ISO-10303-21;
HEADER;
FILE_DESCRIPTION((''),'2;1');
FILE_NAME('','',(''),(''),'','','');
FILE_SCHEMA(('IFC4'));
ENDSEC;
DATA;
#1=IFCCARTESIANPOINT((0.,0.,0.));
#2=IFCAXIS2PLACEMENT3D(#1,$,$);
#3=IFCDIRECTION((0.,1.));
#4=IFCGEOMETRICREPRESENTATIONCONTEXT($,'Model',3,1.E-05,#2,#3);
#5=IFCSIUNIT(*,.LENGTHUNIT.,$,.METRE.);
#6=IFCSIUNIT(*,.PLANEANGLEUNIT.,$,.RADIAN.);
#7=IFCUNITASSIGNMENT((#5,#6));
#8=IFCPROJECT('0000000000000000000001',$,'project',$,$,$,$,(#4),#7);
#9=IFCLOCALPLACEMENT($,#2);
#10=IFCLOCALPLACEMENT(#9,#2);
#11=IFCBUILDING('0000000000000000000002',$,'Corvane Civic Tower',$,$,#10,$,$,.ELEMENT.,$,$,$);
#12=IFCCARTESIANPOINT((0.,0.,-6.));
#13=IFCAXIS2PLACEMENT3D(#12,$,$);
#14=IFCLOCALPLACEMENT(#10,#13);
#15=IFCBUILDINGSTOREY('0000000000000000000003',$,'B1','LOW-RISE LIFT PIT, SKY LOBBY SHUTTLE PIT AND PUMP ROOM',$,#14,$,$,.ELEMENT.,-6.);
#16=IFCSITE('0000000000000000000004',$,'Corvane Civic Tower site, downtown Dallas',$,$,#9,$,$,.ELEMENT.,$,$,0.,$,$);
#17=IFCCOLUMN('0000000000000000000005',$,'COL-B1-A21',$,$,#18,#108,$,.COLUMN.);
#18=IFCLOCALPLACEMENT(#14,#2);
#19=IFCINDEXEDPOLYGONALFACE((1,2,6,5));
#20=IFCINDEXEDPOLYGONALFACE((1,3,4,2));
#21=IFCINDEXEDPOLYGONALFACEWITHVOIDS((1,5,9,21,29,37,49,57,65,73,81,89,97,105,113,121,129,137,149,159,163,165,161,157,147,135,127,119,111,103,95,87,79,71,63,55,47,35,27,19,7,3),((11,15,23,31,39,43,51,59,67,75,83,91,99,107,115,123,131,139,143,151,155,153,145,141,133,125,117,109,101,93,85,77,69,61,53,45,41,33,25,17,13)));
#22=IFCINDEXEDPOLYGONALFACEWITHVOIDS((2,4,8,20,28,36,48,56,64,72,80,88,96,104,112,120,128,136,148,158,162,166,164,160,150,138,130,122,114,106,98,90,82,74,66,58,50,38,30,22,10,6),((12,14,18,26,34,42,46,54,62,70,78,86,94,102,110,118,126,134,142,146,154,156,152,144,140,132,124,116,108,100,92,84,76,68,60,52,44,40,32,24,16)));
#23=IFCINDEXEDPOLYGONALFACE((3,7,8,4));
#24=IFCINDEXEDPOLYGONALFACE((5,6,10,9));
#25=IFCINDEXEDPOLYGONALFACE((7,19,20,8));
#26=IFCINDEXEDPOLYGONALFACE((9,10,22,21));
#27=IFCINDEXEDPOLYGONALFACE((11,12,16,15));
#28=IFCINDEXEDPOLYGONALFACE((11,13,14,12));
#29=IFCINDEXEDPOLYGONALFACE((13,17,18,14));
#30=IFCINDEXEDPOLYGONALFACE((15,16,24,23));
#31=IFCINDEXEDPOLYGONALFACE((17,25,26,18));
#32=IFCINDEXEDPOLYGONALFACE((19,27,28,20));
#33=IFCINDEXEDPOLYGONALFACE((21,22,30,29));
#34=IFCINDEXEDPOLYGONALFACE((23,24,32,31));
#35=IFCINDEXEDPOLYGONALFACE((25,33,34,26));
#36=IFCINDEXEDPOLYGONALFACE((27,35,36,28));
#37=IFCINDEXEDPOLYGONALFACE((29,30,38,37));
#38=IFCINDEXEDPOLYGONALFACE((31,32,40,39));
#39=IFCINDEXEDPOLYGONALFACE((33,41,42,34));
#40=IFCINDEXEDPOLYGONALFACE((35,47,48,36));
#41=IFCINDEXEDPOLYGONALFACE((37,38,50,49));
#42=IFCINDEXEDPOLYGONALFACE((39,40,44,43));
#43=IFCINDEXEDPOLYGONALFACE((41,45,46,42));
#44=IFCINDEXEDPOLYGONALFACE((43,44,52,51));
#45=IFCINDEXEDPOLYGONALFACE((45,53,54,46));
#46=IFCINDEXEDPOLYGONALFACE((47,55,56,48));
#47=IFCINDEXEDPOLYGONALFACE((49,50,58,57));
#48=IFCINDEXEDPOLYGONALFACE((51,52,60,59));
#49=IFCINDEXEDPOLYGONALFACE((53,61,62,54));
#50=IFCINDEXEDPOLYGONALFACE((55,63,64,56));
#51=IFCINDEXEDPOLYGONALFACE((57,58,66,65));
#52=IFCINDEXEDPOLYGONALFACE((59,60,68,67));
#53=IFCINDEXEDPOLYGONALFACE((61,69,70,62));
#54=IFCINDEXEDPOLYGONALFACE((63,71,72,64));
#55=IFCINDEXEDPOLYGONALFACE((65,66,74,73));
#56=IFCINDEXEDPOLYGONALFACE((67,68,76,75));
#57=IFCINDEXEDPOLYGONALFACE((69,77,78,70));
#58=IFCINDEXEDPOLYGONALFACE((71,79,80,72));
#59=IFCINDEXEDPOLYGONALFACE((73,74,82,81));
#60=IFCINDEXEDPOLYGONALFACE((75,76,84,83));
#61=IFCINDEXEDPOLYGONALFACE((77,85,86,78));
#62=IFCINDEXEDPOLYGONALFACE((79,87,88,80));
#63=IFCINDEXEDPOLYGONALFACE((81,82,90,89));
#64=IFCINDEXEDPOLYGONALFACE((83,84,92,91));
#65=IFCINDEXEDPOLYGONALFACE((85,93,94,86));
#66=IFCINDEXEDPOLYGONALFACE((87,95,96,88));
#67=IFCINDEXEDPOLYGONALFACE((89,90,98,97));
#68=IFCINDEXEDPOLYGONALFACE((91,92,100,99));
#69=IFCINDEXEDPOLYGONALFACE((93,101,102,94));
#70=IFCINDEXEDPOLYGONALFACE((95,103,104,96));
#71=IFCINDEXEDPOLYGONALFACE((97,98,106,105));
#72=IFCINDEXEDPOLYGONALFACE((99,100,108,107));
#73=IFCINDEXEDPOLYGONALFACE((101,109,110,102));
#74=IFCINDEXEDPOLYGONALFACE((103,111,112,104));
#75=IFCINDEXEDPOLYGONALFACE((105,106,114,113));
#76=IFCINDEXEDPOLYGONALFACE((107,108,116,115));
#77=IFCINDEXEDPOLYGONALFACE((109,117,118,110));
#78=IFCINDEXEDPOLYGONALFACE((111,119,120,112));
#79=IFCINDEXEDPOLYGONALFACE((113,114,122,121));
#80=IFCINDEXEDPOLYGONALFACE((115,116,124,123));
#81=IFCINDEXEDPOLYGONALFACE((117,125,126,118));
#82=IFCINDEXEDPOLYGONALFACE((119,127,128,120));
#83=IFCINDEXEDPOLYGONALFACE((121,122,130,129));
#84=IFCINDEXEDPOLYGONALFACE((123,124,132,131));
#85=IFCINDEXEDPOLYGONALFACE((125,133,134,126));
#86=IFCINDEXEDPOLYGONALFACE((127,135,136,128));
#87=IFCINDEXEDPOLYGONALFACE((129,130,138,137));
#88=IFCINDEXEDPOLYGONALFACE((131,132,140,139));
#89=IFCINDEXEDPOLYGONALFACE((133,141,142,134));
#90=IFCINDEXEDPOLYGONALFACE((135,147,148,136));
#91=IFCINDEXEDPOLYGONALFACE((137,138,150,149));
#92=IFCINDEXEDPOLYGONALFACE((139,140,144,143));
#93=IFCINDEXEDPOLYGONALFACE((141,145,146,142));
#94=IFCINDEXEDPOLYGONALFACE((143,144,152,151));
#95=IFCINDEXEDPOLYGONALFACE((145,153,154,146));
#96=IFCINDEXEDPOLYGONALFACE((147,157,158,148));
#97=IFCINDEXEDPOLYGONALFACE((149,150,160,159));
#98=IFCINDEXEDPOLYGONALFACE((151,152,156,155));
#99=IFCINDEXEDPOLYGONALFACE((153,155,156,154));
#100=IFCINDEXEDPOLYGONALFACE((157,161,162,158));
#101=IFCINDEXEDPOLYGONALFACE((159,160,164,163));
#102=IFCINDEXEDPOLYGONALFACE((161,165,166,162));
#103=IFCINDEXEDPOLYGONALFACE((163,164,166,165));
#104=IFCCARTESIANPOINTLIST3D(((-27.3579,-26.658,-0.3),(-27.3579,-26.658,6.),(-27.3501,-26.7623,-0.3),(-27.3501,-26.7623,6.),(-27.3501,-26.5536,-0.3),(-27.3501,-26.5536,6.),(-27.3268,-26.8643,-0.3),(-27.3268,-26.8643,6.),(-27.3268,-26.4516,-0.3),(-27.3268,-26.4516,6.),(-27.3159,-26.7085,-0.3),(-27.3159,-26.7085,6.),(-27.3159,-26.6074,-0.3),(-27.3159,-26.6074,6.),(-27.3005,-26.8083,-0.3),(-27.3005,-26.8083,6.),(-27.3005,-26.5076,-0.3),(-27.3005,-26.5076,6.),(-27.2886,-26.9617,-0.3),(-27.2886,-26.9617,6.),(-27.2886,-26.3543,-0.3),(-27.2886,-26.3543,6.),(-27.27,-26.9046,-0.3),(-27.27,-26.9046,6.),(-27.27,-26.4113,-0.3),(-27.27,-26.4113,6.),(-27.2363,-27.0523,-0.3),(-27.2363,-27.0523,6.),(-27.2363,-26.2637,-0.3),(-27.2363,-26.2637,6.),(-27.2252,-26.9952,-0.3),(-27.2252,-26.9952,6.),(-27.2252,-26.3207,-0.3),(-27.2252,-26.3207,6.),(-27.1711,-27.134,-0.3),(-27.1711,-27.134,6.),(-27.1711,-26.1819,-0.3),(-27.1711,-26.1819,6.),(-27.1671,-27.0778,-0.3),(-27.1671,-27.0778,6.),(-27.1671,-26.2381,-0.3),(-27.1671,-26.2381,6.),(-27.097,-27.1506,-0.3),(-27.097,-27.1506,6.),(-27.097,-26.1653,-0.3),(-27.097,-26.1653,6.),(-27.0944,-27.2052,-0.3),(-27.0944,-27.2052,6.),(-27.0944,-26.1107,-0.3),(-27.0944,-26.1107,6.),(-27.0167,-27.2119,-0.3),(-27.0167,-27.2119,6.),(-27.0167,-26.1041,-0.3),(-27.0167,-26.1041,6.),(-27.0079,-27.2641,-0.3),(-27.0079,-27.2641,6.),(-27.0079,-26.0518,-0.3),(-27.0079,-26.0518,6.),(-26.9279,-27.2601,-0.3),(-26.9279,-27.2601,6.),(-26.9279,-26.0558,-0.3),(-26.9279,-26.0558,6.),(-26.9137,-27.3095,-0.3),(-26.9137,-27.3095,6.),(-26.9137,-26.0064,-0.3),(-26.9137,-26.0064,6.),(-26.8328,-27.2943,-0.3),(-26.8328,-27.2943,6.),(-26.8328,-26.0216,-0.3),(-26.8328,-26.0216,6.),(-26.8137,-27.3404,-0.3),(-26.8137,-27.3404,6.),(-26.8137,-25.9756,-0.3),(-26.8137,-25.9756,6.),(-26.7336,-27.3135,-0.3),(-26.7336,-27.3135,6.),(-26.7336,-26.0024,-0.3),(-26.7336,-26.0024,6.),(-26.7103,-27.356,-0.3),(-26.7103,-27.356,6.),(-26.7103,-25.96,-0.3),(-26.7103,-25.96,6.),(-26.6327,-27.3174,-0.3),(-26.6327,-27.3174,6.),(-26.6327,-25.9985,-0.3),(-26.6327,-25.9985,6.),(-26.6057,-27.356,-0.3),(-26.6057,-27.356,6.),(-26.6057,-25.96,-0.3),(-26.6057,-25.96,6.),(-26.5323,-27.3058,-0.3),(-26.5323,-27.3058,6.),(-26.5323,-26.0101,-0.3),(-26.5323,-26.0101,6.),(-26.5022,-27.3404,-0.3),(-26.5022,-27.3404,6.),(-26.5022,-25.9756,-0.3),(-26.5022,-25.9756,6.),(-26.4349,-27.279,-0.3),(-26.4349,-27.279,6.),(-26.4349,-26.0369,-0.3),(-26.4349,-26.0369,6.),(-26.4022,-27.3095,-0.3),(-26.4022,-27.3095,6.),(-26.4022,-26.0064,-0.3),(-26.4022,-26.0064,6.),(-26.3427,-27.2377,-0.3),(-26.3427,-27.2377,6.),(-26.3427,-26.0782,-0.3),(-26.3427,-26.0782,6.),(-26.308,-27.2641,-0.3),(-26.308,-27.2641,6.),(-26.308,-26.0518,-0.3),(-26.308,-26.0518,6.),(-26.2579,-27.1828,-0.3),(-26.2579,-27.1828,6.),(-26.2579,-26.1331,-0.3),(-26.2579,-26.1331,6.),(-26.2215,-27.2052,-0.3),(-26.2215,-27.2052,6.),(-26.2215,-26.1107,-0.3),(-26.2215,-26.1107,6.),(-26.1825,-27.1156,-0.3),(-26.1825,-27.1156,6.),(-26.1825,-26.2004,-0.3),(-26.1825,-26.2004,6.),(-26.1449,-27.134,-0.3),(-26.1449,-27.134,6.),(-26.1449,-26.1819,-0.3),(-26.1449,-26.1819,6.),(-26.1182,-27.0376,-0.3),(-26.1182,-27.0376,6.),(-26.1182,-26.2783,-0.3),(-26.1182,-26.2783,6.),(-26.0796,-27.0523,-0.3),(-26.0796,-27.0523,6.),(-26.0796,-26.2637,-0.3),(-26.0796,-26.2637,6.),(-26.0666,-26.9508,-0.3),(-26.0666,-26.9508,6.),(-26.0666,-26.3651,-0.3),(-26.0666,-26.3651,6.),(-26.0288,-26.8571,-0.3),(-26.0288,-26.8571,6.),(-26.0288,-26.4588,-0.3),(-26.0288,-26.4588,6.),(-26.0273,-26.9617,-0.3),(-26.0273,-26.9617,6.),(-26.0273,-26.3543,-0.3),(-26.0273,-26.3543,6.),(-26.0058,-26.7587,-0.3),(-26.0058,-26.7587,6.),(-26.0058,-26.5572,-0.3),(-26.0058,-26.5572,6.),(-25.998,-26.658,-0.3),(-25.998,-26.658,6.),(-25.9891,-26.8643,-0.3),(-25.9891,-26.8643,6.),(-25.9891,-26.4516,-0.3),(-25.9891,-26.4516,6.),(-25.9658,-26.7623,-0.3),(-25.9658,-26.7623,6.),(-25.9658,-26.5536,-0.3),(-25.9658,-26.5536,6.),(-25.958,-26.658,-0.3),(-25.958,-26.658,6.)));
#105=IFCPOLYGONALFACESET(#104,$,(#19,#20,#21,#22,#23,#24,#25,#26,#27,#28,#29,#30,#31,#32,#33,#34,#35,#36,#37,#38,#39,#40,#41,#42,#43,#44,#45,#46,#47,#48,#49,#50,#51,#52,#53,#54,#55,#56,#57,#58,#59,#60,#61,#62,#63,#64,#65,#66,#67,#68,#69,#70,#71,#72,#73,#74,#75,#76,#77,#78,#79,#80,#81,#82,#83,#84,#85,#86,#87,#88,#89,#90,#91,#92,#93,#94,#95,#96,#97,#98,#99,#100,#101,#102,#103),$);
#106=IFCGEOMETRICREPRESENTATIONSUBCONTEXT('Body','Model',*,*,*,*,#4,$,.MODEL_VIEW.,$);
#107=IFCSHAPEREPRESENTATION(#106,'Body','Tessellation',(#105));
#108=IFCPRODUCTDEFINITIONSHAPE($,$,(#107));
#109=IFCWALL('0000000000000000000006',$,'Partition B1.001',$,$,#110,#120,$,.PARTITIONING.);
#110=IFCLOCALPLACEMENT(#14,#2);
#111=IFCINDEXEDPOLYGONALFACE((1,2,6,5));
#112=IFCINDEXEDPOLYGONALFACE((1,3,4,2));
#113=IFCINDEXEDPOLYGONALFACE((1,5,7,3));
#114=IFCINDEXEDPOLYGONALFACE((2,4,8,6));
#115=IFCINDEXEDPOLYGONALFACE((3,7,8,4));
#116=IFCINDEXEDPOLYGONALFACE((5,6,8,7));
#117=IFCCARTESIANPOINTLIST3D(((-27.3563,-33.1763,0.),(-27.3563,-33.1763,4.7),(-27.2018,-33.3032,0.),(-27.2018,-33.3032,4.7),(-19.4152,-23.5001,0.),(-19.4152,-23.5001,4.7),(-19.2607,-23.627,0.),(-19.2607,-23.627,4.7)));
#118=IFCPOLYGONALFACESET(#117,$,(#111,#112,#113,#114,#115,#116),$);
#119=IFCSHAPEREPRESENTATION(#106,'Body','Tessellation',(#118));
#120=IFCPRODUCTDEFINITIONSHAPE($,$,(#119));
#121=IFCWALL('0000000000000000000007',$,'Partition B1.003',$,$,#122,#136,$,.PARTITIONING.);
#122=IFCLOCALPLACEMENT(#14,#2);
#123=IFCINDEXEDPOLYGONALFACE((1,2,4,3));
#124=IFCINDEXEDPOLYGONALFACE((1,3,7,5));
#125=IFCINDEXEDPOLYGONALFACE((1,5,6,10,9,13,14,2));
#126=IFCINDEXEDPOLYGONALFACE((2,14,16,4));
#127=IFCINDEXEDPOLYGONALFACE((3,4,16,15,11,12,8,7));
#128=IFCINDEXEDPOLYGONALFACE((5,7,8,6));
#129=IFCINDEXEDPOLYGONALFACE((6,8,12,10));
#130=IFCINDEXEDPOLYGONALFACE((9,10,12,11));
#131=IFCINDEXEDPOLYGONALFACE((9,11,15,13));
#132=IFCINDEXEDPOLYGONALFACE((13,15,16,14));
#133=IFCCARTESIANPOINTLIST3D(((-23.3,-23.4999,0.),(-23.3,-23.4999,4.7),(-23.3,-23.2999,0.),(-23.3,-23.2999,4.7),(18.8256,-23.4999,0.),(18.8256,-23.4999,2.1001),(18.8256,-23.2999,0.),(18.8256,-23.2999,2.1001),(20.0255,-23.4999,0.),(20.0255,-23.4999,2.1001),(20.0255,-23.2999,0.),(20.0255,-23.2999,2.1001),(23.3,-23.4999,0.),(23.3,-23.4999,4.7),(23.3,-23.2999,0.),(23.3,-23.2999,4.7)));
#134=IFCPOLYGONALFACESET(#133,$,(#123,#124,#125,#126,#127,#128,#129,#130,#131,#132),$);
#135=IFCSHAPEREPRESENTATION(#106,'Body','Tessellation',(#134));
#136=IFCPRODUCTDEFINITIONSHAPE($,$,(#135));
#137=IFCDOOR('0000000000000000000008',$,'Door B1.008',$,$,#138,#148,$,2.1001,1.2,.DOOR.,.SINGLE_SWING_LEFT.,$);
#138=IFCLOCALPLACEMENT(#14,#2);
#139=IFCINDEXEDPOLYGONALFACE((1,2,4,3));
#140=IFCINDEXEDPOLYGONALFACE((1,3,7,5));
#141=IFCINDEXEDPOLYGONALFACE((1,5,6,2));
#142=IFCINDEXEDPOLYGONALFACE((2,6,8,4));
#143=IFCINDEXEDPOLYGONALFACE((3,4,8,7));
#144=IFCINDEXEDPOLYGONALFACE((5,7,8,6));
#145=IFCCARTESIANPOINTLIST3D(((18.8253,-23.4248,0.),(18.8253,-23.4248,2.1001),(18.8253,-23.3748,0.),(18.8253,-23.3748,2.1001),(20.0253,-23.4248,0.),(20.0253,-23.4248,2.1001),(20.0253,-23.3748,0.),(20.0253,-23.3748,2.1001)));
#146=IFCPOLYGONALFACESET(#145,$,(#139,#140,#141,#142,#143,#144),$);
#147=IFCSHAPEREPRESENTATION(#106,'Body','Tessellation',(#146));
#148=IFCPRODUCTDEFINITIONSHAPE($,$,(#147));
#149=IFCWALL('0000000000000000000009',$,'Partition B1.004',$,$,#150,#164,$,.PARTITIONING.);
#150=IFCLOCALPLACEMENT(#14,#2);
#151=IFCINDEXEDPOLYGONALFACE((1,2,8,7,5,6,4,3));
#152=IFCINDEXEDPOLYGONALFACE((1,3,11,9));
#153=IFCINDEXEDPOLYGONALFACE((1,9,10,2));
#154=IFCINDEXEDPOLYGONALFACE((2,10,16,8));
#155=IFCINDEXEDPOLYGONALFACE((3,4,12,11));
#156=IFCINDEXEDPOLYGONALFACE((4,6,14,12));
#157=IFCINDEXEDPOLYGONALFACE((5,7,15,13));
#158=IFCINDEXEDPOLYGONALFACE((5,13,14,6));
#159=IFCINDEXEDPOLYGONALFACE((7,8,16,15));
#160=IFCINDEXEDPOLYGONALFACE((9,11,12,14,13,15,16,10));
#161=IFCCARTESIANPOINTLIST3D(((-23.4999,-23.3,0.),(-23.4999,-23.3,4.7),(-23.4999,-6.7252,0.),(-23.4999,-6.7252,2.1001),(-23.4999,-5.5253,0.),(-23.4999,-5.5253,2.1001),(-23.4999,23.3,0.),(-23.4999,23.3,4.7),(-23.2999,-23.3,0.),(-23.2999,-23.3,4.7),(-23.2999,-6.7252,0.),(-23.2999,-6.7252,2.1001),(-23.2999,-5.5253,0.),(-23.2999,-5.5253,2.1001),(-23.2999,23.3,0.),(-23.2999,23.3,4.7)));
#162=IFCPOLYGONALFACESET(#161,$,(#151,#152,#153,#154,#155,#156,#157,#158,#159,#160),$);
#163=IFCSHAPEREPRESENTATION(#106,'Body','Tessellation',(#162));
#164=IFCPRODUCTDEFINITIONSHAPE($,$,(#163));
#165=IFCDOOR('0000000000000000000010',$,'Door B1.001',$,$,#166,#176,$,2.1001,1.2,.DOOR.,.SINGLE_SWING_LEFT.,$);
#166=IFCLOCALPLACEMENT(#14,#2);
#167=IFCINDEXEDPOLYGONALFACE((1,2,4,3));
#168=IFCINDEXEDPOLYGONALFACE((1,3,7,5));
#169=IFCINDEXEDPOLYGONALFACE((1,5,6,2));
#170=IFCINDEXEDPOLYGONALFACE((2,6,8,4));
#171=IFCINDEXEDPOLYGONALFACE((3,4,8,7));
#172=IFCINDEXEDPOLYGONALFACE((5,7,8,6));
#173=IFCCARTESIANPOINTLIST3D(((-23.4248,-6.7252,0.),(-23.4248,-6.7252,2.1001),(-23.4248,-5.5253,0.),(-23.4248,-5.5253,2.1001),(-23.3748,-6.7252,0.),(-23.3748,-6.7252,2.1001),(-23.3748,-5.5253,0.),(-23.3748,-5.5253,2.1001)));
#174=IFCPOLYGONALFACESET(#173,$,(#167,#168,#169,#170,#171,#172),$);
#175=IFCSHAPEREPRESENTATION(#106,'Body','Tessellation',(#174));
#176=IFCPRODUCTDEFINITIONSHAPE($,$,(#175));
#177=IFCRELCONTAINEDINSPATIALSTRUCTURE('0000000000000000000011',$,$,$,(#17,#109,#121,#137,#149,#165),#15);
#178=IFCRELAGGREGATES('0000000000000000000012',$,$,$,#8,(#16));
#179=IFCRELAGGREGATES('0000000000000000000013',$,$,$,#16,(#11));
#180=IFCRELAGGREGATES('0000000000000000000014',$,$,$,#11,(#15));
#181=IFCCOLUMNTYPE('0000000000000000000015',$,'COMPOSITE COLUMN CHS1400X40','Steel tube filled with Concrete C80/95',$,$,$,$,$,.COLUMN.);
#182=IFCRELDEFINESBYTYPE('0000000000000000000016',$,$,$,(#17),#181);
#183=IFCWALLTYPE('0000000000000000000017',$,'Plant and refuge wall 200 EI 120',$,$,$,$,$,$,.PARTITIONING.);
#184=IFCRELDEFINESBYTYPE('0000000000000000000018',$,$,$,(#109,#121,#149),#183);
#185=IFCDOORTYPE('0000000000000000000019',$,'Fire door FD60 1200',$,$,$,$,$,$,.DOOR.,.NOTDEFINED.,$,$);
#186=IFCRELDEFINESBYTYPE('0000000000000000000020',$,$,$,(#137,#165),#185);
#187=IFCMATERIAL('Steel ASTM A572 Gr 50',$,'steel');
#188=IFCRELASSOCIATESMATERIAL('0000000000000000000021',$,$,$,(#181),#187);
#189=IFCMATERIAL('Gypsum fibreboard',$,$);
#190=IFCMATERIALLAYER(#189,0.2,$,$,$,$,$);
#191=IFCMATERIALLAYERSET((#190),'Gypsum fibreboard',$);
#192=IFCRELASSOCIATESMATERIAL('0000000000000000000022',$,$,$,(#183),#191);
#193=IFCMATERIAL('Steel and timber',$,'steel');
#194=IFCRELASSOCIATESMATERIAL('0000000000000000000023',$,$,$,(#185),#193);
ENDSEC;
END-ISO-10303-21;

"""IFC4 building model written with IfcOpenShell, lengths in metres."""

from ifc_helpers import new_model, si_unit, direction, frame, frame_2d, origin, origin_2d, place, context, subcontext, project, spatial, rectangle, hollow_circle, extrude, material, layer, layer_set, material_profile, profile_set, type_object, element, fill, save


model = new_model("IFC4")

# Units and contexts
model_context = context("Model", 3, precision=1e-05, world=origin(), true_north=direction((0.0, 1.0)))
body_context = subcontext(model_context, "Body", "Model", "MODEL_VIEW")
ifc_project = project(units=[si_unit("LENGTHUNIT", "METRE"), si_unit("PLANEANGLEUNIT", "RADIAN")], contexts=[model_context])

# Site, building, storey
site_placement = place(None, origin())
site = spatial("IfcSite", under=ifc_project, at=site_placement, Name="Corvane Civic Tower site, downtown Dallas", CompositionType="ELEMENT", RefElevation=0.0)
building_placement = place(site_placement, origin())
building = spatial("IfcBuilding", under=site, at=building_placement, Name="Corvane Civic Tower", CompositionType="ELEMENT")
storey_placement = place(building_placement, frame((0.0, 0.0, -6.0)))
storey = spatial("IfcBuildingStorey", under=building, at=storey_placement, Name="B1", Description="LOW-RISE LIFT PIT, SKY LOBBY SHUTTLE PIT AND PUMP ROOM", CompositionType="ELEMENT", Elevation=-6.0)

# Column
ifc_material_1 = material(Name="Steel ASTM A572 Gr 50", Category="steel")
ifc_material_profile_1 = material_profile(ifc_material_1, hollow_circle(Radius=0.7, WallThickness=0.04, at=origin_2d()), Name="CHS1400X40")
ifc_profile_set_1 = profile_set([ifc_material_profile_1], Name="Steel ASTM A572 Gr 50")
column_type_1 = type_object("IfcColumnType", Name="COMPOSITE COLUMN CHS1400X40", Description="Steel tube filled with Concrete C80/95", PredefinedType="COLUMN", material=ifc_profile_set_1)
for number, where, z_axis, x_axis, name in (
    (1, (-26.658, -26.658, -0.3), (0.0, 0.0, 1.0), (1.0, 0.0, 0.0), "COL-B1-A21"),
):
    element("IfcColumn", number, at=place(storey_placement, frame(where, z_axis=z_axis, x_axis=x_axis)), inside=storey, type_object=column_type_1, Name=name, PredefinedType="COLUMN", context=body_context, shape_type="SweptSolid", body=[
        extrude(hollow_circle(Radius=0.7, WallThickness=0.04, at=origin_2d()), origin(), (0.0, 0.0, 1.0), 6.3),
    ])

# Wall
ifc_material_2 = material(Name="Gypsum fibreboard")
ifc_layer_1 = layer(ifc_material_2, 0.2)
ifc_layer_set_1 = layer_set([ifc_layer_1], Name="Gypsum fibreboard")
wall_type = type_object("IfcWallType", Name="Plant and refuge wall 200 EI 120", PredefinedType="PARTITIONING", material=ifc_layer_set_1)
wall_1_placement = place(storey_placement, frame((-27.2791, -33.2397, 0.0), z_axis=(0.0, 0.0, 1.0), x_axis=(0.634396, 0.773008, 0.0)))
element("IfcWall", 2, at=wall_1_placement, inside=storey, type_object=wall_type, Name="Partition B1.001", PredefinedType="PARTITIONING", context=body_context, shape_type="SweptSolid", body=[
    extrude(rectangle(XDim=12.5176, YDim=0.2, at=frame_2d((6.2588, 0.0))), origin(), (0.0, 0.0, 1.0), 4.7),
])

# Walls, openings, doors
wall_2_placement = place(storey_placement, frame((-23.3, -23.3999, 0.0), z_axis=(0.0, 0.0, 1.0), x_axis=(1.0, 0.0, 0.0)))
wall_2 = element("IfcWall", 3, at=wall_2_placement, inside=storey, type_object=wall_type, Name="Partition B1.003", PredefinedType="PARTITIONING", context=body_context, shape_type="SweptSolid", body=[
    extrude(rectangle(XDim=46.6001, YDim=0.2, at=frame_2d((23.3, 0.0))), origin(), (0.0, 0.0, 1.0), 4.7),
])
opening_1_placement = place(wall_2_placement, frame((42.1255, 0.0, 0.0)))
opening_1 = element("IfcOpeningElement", 4, at=opening_1_placement, cuts=wall_2, PredefinedType="OPENING", context=body_context, shape_type="SweptSolid", body=[
    extrude(rectangle(XDim=1.2, YDim=2.1001, at=frame_2d((0.6001, 1.05))), frame((0.0, 0.1099, 0.0), z_axis=(0.0, -1.0, 0.0), x_axis=(1.0, 0.0, 0.0)), (0.0, 0.0, 1.0), 0.22),
])
ifc_material_3 = material(Name="Steel and timber", Category="steel")
door_type = type_object("IfcDoorType", Name="Fire door FD60 1200", OperationType="NOTDEFINED", PredefinedType="DOOR", material=ifc_material_3)
door_1_placement = place(opening_1_placement, frame((1.2, 0.0, 0.0), z_axis=(0.0, 0.0, 1.0), x_axis=(-1.0, 0.0, 0.0)))
door_1 = element("IfcDoor", 5, at=door_1_placement, inside=storey, type_object=door_type, Name="Door B1.008", OperationType="SINGLE_SWING_LEFT", OverallHeight=2.1001, OverallWidth=1.2, PredefinedType="DOOR", context=body_context, shape_type="SweptSolid", body=[
    extrude(rectangle(XDim=1.2, YDim=2.1001, at=frame_2d((0.6001, 1.05))), frame((0.0, 0.0249, 0.0), z_axis=(0.0, -1.0, 0.0), x_axis=(1.0, 0.0, 0.0)), (0.0, 0.0, 1.0), 0.05),
])
fill(opening_1, door_1)
wall_3_placement = place(storey_placement, frame((-23.3999, -23.3, 0.0), z_axis=(0.0, 0.0, 1.0), x_axis=(0.0, 1.0, 0.0)))
wall_3 = element("IfcWall", 6, at=wall_3_placement, inside=storey, type_object=wall_type, Name="Partition B1.004", PredefinedType="PARTITIONING", context=body_context, shape_type="SweptSolid", body=[
    extrude(rectangle(XDim=46.6001, YDim=0.2, at=frame_2d((23.3, 0.0))), origin(), (0.0, 0.0, 1.0), 4.7),
])
opening_2_placement = place(wall_3_placement, frame((16.5747, 0.0, 0.0)))
opening_2 = element("IfcOpeningElement", 7, at=opening_2_placement, cuts=wall_3, PredefinedType="OPENING", context=body_context, shape_type="SweptSolid", body=[
    extrude(rectangle(XDim=1.2, YDim=2.1001, at=frame_2d((0.6001, 1.05))), frame((0.0, 0.1099, 0.0), z_axis=(0.0, -1.0, 0.0), x_axis=(1.0, 0.0, 0.0)), (0.0, 0.0, 1.0), 0.22),
])
door_2_placement = place(opening_2_placement, origin())
door_2 = element("IfcDoor", 8, at=door_2_placement, inside=storey, type_object=door_type, Name="Door B1.001", OperationType="SINGLE_SWING_LEFT", OverallHeight=2.1001, OverallWidth=1.2, PredefinedType="DOOR", context=body_context, shape_type="SweptSolid", body=[
    extrude(rectangle(XDim=1.2, YDim=2.1001, at=frame_2d((0.6001, 1.05))), frame((0.0, 0.0249, 0.0), z_axis=(0.0, -1.0, 0.0), x_axis=(1.0, 0.0, 0.0)), (0.0, 0.0, 1.0), 0.05),
])
fill(opening_2, door_2)

save(model, "model.ifc")
